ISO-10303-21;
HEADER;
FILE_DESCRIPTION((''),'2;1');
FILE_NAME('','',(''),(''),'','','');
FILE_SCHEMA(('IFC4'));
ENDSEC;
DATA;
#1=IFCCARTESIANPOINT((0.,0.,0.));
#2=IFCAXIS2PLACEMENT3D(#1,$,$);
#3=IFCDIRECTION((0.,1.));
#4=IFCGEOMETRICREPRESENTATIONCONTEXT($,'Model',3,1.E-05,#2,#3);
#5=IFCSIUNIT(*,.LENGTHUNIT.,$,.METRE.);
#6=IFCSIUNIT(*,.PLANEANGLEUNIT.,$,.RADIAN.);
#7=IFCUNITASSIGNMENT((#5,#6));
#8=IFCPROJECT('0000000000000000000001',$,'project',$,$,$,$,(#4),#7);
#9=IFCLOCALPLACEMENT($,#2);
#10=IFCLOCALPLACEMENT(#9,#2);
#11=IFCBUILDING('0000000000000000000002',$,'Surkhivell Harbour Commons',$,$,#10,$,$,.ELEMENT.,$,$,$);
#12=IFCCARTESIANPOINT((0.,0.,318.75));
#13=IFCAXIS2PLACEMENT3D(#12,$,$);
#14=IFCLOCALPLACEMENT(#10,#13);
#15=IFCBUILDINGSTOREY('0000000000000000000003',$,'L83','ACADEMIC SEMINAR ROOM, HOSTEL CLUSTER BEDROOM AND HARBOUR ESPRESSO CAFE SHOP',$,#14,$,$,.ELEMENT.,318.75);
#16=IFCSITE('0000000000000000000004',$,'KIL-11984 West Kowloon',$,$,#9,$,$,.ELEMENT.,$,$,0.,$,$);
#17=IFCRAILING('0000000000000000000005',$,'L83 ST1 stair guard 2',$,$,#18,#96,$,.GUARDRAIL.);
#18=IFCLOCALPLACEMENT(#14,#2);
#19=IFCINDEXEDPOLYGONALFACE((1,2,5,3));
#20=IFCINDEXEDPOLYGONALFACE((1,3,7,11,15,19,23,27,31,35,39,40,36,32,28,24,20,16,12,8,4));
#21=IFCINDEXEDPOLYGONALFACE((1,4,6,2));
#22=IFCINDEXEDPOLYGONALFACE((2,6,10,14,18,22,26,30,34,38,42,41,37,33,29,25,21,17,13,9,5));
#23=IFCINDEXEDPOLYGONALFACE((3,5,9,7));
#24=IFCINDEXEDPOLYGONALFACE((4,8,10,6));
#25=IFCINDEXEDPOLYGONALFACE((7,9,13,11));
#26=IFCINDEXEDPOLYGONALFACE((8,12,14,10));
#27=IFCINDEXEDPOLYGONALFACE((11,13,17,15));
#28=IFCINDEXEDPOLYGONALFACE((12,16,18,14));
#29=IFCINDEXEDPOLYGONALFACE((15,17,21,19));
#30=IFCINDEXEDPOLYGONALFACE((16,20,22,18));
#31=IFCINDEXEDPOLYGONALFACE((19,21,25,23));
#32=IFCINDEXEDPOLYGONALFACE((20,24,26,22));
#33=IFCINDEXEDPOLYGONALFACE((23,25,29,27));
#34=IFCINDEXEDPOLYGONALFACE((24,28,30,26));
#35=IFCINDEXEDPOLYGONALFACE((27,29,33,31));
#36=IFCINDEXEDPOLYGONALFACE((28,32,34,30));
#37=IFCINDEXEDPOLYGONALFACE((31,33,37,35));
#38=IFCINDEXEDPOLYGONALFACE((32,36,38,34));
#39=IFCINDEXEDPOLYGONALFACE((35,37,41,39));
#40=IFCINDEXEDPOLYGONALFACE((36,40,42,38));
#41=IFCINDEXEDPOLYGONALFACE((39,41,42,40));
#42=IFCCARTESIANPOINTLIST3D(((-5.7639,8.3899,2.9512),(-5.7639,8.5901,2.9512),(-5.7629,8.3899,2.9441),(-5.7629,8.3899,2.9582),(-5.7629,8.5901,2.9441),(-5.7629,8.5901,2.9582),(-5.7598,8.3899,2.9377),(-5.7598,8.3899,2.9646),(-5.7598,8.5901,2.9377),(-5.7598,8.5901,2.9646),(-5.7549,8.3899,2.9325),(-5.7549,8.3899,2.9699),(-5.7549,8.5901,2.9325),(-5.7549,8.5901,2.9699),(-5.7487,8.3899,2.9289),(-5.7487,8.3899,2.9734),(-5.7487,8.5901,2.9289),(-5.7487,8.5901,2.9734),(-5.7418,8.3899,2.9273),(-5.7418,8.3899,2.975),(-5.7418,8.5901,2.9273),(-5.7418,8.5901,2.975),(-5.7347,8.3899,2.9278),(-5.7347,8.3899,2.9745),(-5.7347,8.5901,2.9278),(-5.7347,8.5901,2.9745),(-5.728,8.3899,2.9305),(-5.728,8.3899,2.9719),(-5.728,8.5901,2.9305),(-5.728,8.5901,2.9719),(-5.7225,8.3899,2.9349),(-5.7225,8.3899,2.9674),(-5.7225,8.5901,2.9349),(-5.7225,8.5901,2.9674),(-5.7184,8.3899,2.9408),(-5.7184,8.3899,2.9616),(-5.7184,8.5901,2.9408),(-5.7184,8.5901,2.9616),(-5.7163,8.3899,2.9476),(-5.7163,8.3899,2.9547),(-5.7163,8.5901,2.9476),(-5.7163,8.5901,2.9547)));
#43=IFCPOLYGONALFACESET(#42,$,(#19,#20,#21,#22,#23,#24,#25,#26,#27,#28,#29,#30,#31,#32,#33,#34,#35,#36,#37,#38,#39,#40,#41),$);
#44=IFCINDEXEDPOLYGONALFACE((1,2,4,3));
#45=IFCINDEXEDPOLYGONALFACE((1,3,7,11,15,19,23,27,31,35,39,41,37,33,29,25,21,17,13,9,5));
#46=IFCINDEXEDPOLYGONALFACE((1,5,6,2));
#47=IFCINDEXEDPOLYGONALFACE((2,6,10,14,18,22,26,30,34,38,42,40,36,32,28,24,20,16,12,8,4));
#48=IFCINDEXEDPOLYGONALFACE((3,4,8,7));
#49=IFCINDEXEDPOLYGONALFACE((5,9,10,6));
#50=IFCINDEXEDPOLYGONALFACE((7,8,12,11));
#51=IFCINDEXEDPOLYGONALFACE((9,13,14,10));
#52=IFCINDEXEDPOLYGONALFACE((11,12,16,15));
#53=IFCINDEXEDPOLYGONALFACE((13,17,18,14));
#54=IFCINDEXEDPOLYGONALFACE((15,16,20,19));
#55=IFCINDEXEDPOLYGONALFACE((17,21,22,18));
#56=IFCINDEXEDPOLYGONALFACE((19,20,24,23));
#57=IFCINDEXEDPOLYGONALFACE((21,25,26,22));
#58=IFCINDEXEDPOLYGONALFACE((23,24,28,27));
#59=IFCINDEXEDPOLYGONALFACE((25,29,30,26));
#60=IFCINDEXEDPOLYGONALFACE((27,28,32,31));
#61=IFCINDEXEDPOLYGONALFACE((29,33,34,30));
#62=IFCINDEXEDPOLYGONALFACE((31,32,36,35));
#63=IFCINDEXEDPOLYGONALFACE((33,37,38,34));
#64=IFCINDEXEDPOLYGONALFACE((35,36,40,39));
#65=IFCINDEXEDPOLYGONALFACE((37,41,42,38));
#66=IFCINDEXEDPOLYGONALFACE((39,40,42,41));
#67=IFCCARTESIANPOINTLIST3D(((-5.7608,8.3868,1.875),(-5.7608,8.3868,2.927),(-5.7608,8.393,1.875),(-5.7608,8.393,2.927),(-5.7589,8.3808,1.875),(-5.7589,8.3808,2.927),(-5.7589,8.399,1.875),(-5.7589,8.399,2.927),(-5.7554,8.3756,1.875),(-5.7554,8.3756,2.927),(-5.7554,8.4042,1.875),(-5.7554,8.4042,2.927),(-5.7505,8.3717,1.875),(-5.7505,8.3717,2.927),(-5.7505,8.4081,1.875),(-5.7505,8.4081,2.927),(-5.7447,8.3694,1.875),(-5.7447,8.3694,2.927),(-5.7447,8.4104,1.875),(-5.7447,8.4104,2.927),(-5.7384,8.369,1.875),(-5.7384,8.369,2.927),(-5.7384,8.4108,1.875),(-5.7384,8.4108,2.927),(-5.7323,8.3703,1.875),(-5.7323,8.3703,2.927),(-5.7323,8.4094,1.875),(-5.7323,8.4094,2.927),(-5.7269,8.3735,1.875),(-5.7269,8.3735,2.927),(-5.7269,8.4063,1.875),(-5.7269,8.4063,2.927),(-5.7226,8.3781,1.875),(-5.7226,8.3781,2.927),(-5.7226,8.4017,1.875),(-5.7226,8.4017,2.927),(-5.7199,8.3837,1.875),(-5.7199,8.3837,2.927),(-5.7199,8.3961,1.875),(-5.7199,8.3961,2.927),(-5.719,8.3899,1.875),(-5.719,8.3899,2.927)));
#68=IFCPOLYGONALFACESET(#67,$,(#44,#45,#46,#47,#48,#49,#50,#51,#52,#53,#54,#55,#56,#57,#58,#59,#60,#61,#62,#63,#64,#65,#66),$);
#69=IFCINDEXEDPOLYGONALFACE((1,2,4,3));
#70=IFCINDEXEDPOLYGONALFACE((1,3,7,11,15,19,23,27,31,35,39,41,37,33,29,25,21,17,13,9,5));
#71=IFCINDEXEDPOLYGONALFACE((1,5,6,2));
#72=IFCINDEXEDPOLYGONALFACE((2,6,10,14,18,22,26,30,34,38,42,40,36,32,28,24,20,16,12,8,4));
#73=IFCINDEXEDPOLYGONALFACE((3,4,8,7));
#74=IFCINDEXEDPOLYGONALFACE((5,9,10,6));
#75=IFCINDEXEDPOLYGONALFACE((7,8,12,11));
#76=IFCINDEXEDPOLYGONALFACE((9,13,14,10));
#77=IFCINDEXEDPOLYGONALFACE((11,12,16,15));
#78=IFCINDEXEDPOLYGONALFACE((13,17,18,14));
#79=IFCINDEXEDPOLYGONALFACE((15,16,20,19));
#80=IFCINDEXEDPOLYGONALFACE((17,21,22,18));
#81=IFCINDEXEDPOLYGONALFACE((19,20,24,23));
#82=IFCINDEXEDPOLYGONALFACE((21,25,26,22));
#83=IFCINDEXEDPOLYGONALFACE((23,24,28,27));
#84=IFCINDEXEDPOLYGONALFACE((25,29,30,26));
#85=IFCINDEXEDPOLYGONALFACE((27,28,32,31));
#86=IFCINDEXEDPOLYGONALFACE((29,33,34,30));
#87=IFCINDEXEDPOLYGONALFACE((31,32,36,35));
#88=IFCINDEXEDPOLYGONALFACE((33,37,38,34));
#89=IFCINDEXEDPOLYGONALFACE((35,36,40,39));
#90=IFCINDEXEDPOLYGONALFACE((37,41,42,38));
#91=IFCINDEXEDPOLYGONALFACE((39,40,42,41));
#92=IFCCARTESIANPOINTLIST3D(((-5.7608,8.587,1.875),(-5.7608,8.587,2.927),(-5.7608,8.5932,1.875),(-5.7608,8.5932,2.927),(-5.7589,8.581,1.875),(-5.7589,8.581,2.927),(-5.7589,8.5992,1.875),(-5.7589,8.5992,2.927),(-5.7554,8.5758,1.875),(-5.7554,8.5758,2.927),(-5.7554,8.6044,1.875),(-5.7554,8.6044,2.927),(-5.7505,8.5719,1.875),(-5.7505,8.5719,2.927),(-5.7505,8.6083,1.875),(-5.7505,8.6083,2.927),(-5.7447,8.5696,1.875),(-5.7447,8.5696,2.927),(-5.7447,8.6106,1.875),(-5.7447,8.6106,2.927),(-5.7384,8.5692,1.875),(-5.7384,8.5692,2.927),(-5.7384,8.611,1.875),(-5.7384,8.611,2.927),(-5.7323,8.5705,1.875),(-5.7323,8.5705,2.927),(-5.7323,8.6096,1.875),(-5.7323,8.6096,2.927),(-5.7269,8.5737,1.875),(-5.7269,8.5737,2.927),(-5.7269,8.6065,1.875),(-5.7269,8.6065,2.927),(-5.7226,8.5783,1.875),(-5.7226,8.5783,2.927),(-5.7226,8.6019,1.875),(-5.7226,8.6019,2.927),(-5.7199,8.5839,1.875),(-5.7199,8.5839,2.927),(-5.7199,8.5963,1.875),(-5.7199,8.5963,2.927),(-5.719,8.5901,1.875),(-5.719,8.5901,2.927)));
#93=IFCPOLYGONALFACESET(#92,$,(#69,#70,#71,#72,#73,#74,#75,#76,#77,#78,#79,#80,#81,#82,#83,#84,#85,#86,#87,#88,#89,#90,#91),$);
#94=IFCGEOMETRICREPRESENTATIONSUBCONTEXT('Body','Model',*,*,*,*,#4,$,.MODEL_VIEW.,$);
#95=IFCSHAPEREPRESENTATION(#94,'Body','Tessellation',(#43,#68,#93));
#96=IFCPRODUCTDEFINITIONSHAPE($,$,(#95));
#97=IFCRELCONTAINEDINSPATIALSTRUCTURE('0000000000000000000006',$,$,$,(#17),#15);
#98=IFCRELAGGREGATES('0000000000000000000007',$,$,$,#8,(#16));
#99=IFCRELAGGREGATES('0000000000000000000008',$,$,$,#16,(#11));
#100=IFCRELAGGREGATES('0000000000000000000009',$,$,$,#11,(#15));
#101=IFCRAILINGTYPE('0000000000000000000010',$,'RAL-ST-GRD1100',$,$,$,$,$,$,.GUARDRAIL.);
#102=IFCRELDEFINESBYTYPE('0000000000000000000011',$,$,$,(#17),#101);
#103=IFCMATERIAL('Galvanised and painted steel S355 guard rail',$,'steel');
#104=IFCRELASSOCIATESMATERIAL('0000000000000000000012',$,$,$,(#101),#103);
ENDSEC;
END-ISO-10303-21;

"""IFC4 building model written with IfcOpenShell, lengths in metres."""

from ifc_helpers import new_model, si_unit, direction, frame, origin, origin_2d, place, context, subcontext, project, spatial, circle, extrude, material, type_object, element, save


model = new_model("IFC4")

# Units and contexts
model_context = context("Model", 3, precision=1e-05, world=origin(), true_north=direction((0.0, 1.0)))
body_context = subcontext(model_context, "Body", "Model", "MODEL_VIEW")
ifc_project = project(units=[si_unit("LENGTHUNIT", "METRE"), si_unit("PLANEANGLEUNIT", "RADIAN")], contexts=[model_context])

# Site, building, storey
site_placement = place(None, origin())
site = spatial("IfcSite", under=ifc_project, at=site_placement, Name="KIL-11984 West Kowloon", CompositionType="ELEMENT", RefElevation=0.0)
building_placement = place(site_placement, origin())
building = spatial("IfcBuilding", under=site, at=building_placement, Name="Surkhivell Harbour Commons", CompositionType="ELEMENT")
storey_placement = place(building_placement, frame((0.0, 0.0, 318.75)))
storey = spatial("IfcBuildingStorey", under=building, at=storey_placement, Name="L83", Description="ACADEMIC SEMINAR ROOM, HOSTEL CLUSTER BEDROOM AND HARBOUR ESPRESSO CAFE SHOP", CompositionType="ELEMENT", Elevation=318.75)

# Railing
ifc_material_1 = material(Name="Galvanised and painted steel S355 guard rail", Category="steel")
railing_type_1 = type_object("IfcRailingType", Name="RAL-ST-GRD1100", PredefinedType="GUARDRAIL", material=ifc_material_1)
railing_1_placement = place(storey_placement, frame((-5.74, 8.3899, 1.875)))
element("IfcRailing", 1, at=railing_1_placement, inside=storey, type_object=railing_type_1, Name="L83 ST1 stair guard 2", PredefinedType="GUARDRAIL", context=body_context, shape_type="SweptSolid", body=[
    extrude(circle(Radius=0.0239, at=origin_2d()), frame((0.0, 0.0, 1.0762), z_axis=(0.0, 1.0, 0.0), x_axis=(-1.0, 0.0, 0.0)), (0.0, 0.0, 1.0), 0.2002),
    extrude(circle(Radius=0.021, at=origin_2d()), origin(), (0.0, 0.0, 1.0), 1.052),
    extrude(circle(Radius=0.021, at=origin_2d()), frame((0.0, 0.2002, 0.0)), (0.0, 0.0, 1.0), 1.052),
])

save(model, "model.ifc")
